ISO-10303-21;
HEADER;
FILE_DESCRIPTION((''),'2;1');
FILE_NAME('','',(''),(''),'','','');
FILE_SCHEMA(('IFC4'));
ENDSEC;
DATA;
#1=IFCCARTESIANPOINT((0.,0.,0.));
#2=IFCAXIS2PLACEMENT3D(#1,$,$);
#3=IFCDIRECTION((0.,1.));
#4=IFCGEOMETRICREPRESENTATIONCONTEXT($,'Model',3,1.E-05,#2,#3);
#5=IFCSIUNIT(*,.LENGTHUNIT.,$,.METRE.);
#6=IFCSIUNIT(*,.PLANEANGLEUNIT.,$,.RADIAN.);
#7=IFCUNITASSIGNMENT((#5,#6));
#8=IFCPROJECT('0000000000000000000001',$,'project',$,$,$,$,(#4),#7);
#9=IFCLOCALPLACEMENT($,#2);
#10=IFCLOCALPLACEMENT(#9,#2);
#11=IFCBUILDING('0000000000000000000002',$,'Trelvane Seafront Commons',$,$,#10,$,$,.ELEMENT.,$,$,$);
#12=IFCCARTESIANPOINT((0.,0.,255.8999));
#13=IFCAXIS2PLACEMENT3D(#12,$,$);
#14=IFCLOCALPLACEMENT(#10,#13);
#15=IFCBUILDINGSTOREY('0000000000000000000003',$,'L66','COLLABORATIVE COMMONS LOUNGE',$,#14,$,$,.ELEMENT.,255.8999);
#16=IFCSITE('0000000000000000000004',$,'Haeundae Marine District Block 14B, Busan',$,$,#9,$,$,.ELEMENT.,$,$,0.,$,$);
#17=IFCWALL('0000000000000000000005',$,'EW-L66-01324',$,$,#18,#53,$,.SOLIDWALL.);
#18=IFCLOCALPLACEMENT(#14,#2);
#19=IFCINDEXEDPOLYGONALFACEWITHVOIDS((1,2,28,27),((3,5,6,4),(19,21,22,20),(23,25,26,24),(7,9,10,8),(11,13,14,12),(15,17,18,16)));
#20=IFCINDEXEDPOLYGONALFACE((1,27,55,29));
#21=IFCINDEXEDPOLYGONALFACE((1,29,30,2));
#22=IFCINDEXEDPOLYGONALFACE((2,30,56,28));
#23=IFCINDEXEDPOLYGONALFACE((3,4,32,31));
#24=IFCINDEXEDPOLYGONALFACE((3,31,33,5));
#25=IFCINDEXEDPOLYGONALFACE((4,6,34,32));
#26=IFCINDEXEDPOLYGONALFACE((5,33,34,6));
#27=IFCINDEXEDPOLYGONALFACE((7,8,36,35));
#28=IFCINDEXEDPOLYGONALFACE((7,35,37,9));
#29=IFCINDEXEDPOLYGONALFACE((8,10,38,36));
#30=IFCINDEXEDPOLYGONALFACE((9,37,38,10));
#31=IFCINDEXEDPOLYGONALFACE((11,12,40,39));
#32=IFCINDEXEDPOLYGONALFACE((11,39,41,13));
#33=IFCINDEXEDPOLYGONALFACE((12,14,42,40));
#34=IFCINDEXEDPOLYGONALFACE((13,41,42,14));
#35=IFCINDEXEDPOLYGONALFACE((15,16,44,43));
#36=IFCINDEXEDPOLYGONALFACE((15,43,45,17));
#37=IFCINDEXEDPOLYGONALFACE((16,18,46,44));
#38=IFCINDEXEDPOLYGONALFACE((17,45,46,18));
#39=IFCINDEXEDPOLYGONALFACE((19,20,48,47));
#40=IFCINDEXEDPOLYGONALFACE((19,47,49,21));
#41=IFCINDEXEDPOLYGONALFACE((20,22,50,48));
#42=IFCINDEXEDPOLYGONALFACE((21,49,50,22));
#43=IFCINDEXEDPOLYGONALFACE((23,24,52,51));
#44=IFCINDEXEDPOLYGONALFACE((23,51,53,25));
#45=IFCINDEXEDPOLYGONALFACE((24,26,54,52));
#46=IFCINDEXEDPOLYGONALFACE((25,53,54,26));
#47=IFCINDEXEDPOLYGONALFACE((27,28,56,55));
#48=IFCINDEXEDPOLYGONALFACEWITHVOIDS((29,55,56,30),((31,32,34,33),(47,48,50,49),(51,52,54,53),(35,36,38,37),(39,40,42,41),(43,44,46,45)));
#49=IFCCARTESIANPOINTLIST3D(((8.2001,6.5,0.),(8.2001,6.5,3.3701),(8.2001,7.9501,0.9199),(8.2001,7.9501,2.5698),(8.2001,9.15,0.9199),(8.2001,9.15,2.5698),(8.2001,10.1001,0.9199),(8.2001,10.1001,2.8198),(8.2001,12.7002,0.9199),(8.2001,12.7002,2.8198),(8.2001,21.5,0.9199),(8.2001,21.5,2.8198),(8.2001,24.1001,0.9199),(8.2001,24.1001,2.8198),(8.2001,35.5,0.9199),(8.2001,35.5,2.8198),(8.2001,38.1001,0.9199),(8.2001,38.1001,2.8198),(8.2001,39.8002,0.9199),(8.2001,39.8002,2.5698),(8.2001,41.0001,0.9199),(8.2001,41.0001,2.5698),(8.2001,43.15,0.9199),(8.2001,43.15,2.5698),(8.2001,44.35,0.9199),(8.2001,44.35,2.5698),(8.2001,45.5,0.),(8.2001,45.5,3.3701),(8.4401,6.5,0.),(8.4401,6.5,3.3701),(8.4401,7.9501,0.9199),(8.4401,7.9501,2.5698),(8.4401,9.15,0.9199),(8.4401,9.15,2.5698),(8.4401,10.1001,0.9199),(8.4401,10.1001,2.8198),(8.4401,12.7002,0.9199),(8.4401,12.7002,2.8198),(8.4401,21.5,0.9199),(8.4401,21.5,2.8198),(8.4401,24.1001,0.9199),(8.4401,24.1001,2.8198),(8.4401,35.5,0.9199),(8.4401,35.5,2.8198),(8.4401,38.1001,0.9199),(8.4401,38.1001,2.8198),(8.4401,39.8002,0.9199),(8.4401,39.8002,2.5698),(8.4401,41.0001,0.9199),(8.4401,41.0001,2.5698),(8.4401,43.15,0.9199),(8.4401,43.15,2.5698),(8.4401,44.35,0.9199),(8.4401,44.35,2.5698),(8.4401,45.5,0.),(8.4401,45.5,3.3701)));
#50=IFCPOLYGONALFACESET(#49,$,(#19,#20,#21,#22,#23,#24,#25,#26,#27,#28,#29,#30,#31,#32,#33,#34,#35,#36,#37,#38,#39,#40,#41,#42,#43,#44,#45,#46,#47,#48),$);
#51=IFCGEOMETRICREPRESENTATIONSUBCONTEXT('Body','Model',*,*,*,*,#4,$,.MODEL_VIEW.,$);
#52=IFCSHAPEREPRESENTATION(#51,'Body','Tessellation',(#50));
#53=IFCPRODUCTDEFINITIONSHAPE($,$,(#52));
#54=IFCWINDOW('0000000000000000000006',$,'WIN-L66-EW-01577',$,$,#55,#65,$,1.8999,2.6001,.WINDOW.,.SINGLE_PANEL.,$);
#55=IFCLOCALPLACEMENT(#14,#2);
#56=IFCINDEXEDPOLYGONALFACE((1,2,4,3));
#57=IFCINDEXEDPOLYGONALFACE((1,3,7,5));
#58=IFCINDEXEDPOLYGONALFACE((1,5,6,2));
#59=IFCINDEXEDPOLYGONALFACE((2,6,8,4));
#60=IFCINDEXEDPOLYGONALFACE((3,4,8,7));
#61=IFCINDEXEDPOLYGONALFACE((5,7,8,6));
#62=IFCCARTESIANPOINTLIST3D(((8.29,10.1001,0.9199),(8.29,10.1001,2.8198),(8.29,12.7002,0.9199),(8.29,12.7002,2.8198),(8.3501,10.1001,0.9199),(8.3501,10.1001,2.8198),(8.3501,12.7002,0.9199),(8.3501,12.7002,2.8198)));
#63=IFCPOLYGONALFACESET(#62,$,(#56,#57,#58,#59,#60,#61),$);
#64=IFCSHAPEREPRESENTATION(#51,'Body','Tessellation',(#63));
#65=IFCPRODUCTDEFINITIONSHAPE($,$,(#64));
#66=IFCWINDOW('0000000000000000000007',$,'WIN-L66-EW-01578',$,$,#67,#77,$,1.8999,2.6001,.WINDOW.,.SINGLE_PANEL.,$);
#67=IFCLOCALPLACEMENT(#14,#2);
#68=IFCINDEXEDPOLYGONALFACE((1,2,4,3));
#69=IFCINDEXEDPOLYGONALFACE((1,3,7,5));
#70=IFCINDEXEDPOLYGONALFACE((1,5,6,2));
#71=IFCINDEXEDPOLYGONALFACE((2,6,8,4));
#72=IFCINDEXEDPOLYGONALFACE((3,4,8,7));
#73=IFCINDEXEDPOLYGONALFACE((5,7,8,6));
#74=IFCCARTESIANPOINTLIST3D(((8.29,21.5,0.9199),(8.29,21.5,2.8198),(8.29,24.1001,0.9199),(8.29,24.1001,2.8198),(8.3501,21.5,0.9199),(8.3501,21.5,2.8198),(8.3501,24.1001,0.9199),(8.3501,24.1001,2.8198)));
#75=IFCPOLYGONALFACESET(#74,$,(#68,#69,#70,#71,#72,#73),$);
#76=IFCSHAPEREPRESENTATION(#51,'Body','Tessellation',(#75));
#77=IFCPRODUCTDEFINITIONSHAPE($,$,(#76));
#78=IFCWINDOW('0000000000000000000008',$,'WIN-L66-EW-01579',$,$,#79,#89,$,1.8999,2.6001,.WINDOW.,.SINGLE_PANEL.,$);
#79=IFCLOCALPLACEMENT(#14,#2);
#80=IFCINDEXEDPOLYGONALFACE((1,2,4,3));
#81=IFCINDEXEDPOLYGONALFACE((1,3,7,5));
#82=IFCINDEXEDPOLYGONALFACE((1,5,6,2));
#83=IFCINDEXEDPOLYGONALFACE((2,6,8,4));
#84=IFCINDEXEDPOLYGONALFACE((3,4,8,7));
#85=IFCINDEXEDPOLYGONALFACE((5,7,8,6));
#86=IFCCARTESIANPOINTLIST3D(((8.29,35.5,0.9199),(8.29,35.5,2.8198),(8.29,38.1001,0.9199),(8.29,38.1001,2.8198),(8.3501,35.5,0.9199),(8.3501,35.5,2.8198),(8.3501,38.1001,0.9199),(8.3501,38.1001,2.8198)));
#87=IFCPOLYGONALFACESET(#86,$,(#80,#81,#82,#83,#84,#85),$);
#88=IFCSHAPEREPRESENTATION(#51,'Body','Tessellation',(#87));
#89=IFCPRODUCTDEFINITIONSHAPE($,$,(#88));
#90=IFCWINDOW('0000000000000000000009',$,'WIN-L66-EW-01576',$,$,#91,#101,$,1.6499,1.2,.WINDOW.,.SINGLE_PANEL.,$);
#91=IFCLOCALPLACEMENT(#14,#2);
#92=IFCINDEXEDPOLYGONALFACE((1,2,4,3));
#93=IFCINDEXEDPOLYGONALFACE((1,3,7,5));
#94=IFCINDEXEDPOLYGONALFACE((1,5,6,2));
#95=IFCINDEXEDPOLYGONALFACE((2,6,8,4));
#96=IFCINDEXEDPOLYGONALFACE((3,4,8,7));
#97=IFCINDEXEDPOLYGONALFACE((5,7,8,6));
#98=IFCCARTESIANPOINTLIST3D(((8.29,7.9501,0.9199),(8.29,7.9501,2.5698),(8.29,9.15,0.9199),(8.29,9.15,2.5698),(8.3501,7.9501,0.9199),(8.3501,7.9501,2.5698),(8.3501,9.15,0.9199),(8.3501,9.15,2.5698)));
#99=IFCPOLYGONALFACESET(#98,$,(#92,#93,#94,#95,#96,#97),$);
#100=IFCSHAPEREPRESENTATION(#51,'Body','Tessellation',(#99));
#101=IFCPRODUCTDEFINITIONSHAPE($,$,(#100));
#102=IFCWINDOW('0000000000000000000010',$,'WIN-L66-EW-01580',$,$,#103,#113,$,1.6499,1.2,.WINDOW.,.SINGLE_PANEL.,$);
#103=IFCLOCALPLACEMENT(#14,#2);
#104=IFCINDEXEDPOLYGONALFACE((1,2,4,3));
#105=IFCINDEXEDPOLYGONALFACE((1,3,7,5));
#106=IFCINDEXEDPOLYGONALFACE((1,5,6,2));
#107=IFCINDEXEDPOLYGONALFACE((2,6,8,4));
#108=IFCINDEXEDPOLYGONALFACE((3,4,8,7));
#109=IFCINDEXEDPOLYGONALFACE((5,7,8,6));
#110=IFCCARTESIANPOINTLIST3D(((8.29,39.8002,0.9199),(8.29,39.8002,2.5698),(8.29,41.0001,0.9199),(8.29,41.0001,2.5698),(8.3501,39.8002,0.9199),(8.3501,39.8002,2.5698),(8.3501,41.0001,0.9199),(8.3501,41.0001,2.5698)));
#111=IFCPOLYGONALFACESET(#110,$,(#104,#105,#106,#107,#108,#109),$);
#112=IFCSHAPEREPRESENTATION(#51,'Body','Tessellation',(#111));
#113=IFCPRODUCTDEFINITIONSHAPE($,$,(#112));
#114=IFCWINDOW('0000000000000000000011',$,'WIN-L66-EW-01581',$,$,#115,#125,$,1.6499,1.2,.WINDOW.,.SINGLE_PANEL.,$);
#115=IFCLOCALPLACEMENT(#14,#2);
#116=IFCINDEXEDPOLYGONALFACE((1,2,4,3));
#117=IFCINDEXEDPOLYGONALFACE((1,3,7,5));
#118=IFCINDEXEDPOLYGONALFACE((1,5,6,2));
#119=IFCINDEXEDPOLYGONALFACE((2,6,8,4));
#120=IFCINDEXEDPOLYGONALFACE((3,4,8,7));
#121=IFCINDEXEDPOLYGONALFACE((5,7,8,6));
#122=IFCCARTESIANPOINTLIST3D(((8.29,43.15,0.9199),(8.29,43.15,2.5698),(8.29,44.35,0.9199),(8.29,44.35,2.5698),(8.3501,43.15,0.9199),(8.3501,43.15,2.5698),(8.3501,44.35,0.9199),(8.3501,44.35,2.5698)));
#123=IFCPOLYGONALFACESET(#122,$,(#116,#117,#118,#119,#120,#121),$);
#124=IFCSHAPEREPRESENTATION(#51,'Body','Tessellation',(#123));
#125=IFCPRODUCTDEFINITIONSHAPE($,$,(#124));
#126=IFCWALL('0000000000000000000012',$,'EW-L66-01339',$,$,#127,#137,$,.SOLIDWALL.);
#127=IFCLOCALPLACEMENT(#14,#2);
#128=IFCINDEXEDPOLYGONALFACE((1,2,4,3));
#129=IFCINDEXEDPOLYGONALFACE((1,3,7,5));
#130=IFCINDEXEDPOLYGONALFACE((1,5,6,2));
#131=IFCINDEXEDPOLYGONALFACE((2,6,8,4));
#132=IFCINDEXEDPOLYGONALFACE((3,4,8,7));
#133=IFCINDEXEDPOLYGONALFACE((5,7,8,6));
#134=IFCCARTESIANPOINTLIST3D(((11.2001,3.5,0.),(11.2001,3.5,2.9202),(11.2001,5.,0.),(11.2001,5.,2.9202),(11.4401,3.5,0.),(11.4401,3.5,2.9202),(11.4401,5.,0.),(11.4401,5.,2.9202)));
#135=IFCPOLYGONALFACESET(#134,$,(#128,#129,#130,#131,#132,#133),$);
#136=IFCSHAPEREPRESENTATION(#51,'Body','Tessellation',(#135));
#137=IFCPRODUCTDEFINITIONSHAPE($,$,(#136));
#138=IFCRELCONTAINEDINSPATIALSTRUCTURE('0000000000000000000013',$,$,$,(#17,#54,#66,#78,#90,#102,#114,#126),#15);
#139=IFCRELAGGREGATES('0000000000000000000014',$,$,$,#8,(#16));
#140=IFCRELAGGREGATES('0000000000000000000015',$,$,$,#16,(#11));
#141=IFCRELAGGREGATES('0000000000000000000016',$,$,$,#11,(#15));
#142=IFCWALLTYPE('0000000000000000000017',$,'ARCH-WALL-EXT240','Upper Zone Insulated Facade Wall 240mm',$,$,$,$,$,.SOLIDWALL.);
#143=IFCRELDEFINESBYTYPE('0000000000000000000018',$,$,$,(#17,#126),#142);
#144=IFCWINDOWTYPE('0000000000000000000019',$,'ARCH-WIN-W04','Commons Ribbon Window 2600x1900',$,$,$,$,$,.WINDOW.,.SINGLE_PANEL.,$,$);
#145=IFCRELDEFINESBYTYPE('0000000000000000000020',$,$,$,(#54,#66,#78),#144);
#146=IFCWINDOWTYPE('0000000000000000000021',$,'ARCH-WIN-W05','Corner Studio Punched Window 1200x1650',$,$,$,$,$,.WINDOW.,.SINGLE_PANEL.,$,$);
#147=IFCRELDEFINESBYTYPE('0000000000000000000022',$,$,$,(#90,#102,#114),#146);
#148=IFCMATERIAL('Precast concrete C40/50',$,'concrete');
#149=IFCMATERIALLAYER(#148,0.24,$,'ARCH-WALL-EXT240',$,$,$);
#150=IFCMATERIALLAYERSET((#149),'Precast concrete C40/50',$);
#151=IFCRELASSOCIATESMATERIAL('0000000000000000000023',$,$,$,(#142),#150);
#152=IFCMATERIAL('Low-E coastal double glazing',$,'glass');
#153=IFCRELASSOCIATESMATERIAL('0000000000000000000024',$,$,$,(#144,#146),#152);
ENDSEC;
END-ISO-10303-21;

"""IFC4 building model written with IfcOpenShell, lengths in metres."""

from ifc_helpers import new_model, si_unit, direction, frame, frame_2d, origin, place, context, subcontext, project, spatial, rectangle, extrude, source, transform, mapped, material, layer, layer_set, type_object, element, fill, save


model = new_model("IFC4")

# Units and contexts
model_context = context("Model", 3, precision=1e-05, world=origin(), true_north=direction((0.0, 1.0)))
body_context = subcontext(model_context, "Body", "Model", "MODEL_VIEW")
ifc_project = project(units=[si_unit("LENGTHUNIT", "METRE"), si_unit("PLANEANGLEUNIT", "RADIAN")], contexts=[model_context])

# Site, building, storey
site_placement = place(None, origin())
site = spatial("IfcSite", under=ifc_project, at=site_placement, Name="Haeundae Marine District Block 14B, Busan", CompositionType="ELEMENT", RefElevation=0.0)
building_placement = place(site_placement, origin())
building = spatial("IfcBuilding", under=site, at=building_placement, Name="Trelvane Seafront Commons", CompositionType="ELEMENT")
storey_placement = place(building_placement, frame((0.0, 0.0, 255.8999)))
storey = spatial("IfcBuildingStorey", under=building, at=storey_placement, Name="L66", Description="COLLABORATIVE COMMONS LOUNGE", CompositionType="ELEMENT", Elevation=255.8999)

# Shared definitions
ifc_material_1 = material(Name="Precast concrete C40/50", Category="concrete")
ifc_layer_1 = layer(ifc_material_1, 0.24, Name="ARCH-WALL-EXT240")
ifc_layer_set_1 = layer_set([ifc_layer_1], Name="Precast concrete C40/50")
wall_type_1 = type_object("IfcWallType", Name="ARCH-WALL-EXT240", Description="Upper Zone Insulated Facade Wall 240mm", PredefinedType="SOLIDWALL", material=ifc_layer_set_1)

# Wall, openings, windows
wall_1_placement = place(storey_placement, frame((8.3201, 6.5, 0.0), z_axis=(0.0, 0.0, 1.0), x_axis=(0.0, 1.0, 0.0)))
wall_1 = element("IfcWall", 1, at=wall_1_placement, inside=storey, type_object=wall_type_1, Name="EW-L66-01324", PredefinedType="SOLIDWALL", context=body_context, shape_type="SweptSolid", body=[
    extrude(rectangle(XDim=39.0, YDim=0.24, at=frame_2d((19.5, 0.0))), origin(), (0.0, 0.0, 1.0), 3.3701),
])
opening_1_placement = place(wall_1_placement, frame((1.45, 0.0, 0.9199)))
opening_1 = element("IfcOpeningElement", 2, at=opening_1_placement, cuts=wall_1, PredefinedType="OPENING", context=body_context, shape_type="SweptSolid", body=[
    extrude(rectangle(XDim=1.2, YDim=1.6499, at=frame_2d((0.6001, 0.825))), frame((0.0, 0.1299, 0.0), z_axis=(0.0, -1.0, 0.0), x_axis=(1.0, 0.0, 0.0)), (0.0, 0.0, 1.0), 0.26),
])
opening_2_placement = place(wall_1_placement, frame((3.6001, 0.0, 0.9199)))
opening_2 = element("IfcOpeningElement", 3, at=opening_2_placement, cuts=wall_1, PredefinedType="OPENING", context=body_context, shape_type="SweptSolid", body=[
    extrude(rectangle(XDim=2.6001, YDim=1.8999, at=frame_2d((1.3, 0.95))), frame((0.0, 0.1299, 0.0), z_axis=(0.0, -1.0, 0.0), x_axis=(1.0, 0.0, 0.0)), (0.0, 0.0, 1.0), 0.26),
])
opening_3_placement = place(wall_1_placement, frame((15.0, 0.0, 0.9199)))
opening_3 = element("IfcOpeningElement", 4, at=opening_3_placement, cuts=wall_1, PredefinedType="OPENING", context=body_context, shape_type="SweptSolid", body=[
    extrude(rectangle(XDim=2.6001, YDim=1.8999, at=frame_2d((1.3, 0.95))), frame((0.0, 0.1299, 0.0), z_axis=(0.0, -1.0, 0.0), x_axis=(1.0, 0.0, 0.0)), (0.0, 0.0, 1.0), 0.26),
])
opening_4_placement = place(wall_1_placement, frame((29.0, 0.0, 0.9199)))
opening_4 = element("IfcOpeningElement", 5, at=opening_4_placement, cuts=wall_1, PredefinedType="OPENING", context=body_context, shape_type="SweptSolid", body=[
    extrude(rectangle(XDim=2.6001, YDim=1.8999, at=frame_2d((1.3, 0.95))), frame((0.0, 0.1299, 0.0), z_axis=(0.0, -1.0, 0.0), x_axis=(1.0, 0.0, 0.0)), (0.0, 0.0, 1.0), 0.26),
])
opening_5_placement = place(wall_1_placement, frame((33.3, 0.0, 0.9199)))
opening_5 = element("IfcOpeningElement", 6, at=opening_5_placement, cuts=wall_1, PredefinedType="OPENING", context=body_context, shape_type="SweptSolid", body=[
    extrude(rectangle(XDim=1.2, YDim=1.6499, at=frame_2d((0.6001, 0.825))), frame((0.0, 0.1299, 0.0), z_axis=(0.0, -1.0, 0.0), x_axis=(1.0, 0.0, 0.0)), (0.0, 0.0, 1.0), 0.26),
])
opening_6_placement = place(wall_1_placement, frame((36.6499, 0.0, 0.9199)))
opening_6 = element("IfcOpeningElement", 7, at=opening_6_placement, cuts=wall_1, PredefinedType="OPENING", context=body_context, shape_type="SweptSolid", body=[
    extrude(rectangle(XDim=1.2, YDim=1.6499, at=frame_2d((0.6001, 0.825))), frame((0.0, 0.1299, 0.0), z_axis=(0.0, -1.0, 0.0), x_axis=(1.0, 0.0, 0.0)), (0.0, 0.0, 1.0), 0.26),
])
ifc_material_2 = material(Name="Low-E coastal double glazing", Category="glass")
window_type_1 = type_object("IfcWindowType", Name="ARCH-WIN-W04", Description="Commons Ribbon Window 2600x1900", PartitioningType="SINGLE_PANEL", PredefinedType="WINDOW", material=ifc_material_2)
shared_shape_1 = source(origin(), body_context, "Body", "SweptSolid", [
    extrude(rectangle(XDim=2.6001, YDim=1.8999, at=frame_2d((1.3, 0.95))), frame((0.0, 0.03, 0.0), z_axis=(0.0, -1.0, 0.0), x_axis=(1.0, 0.0, 0.0)), (0.0, 0.0, 1.0), 0.0601),
])
window_1_placement = place(opening_2_placement, origin())
window_1 = element("IfcWindow", 8, at=window_1_placement, inside=storey, type_object=window_type_1, Name="WIN-L66-EW-01577", OverallHeight=1.8999, OverallWidth=2.6001, PartitioningType="SINGLE_PANEL", PredefinedType="WINDOW", context=body_context, shape_type="MappedRepresentation", body=[
    mapped(shared_shape_1, transform((0.0, 0.0, 0.0), x_axis=(1.0, 0.0, 0.0), y_axis=(0.0, 1.0, 0.0), z_axis=(0.0, 0.0, 1.0), scale=1.0)),
])
fill(opening_2, window_1)
window_2_placement = place(opening_3_placement, origin())
window_2 = element("IfcWindow", 9, at=window_2_placement, inside=storey, type_object=window_type_1, Name="WIN-L66-EW-01578", OverallHeight=1.8999, OverallWidth=2.6001, PartitioningType="SINGLE_PANEL", PredefinedType="WINDOW", context=body_context, shape_type="MappedRepresentation", body=[
    mapped(shared_shape_1, transform((0.0, 0.0, 0.0), x_axis=(1.0, 0.0, 0.0), y_axis=(0.0, 1.0, 0.0), z_axis=(0.0, 0.0, 1.0), scale=1.0)),
])
fill(opening_3, window_2)
window_3_placement = place(opening_4_placement, origin())
window_3 = element("IfcWindow", 10, at=window_3_placement, inside=storey, type_object=window_type_1, Name="WIN-L66-EW-01579", OverallHeight=1.8999, OverallWidth=2.6001, PartitioningType="SINGLE_PANEL", PredefinedType="WINDOW", context=body_context, shape_type="MappedRepresentation", body=[
    mapped(shared_shape_1, transform((0.0, 0.0, 0.0), x_axis=(1.0, 0.0, 0.0), y_axis=(0.0, 1.0, 0.0), z_axis=(0.0, 0.0, 1.0), scale=1.0)),
])
fill(opening_4, window_3)
window_type_2 = type_object("IfcWindowType", Name="ARCH-WIN-W05", Description="Corner Studio Punched Window 1200x1650", PartitioningType="SINGLE_PANEL", PredefinedType="WINDOW", material=ifc_material_2)
shared_shape_2 = source(origin(), body_context, "Body", "SweptSolid", [
    extrude(rectangle(XDim=1.2, YDim=1.6499, at=frame_2d((0.6001, 0.825))), frame((0.0, 0.03, 0.0), z_axis=(0.0, -1.0, 0.0), x_axis=(1.0, 0.0, 0.0)), (0.0, 0.0, 1.0), 0.0601),
])
window_4_placement = place(opening_1_placement, origin())
window_4 = element("IfcWindow", 11, at=window_4_placement, inside=storey, type_object=window_type_2, Name="WIN-L66-EW-01576", OverallHeight=1.6499, OverallWidth=1.2, PartitioningType="SINGLE_PANEL", PredefinedType="WINDOW", context=body_context, shape_type="MappedRepresentation", body=[
    mapped(shared_shape_2, transform((0.0, 0.0, 0.0), x_axis=(1.0, 0.0, 0.0), y_axis=(0.0, 1.0, 0.0), z_axis=(0.0, 0.0, 1.0), scale=1.0)),
])
fill(opening_1, window_4)
window_5_placement = place(opening_5_placement, origin())
window_5 = element("IfcWindow", 12, at=window_5_placement, inside=storey, type_object=window_type_2, Name="WIN-L66-EW-01580", OverallHeight=1.6499, OverallWidth=1.2, PartitioningType="SINGLE_PANEL", PredefinedType="WINDOW", context=body_context, shape_type="MappedRepresentation", body=[
    mapped(shared_shape_2, transform((0.0, 0.0, 0.0), x_axis=(1.0, 0.0, 0.0), y_axis=(0.0, 1.0, 0.0), z_axis=(0.0, 0.0, 1.0), scale=1.0)),
])
fill(opening_5, window_5)
window_6_placement = place(opening_6_placement, origin())
window_6 = element("IfcWindow", 13, at=window_6_placement, inside=storey, type_object=window_type_2, Name="WIN-L66-EW-01581", OverallHeight=1.6499, OverallWidth=1.2, PartitioningType="SINGLE_PANEL", PredefinedType="WINDOW", context=body_context, shape_type="MappedRepresentation", body=[
    mapped(shared_shape_2, transform((0.0, 0.0, 0.0), x_axis=(1.0, 0.0, 0.0), y_axis=(0.0, 1.0, 0.0), z_axis=(0.0, 0.0, 1.0), scale=1.0)),
])
fill(opening_6, window_6)

# Wall
wall_2_placement = place(storey_placement, frame((11.3201, 3.5, 0.0), z_axis=(0.0, 0.0, 1.0), x_axis=(0.0, 1.0, 0.0)))
element("IfcWall", 14, at=wall_2_placement, inside=storey, type_object=wall_type_1, Name="EW-L66-01339", PredefinedType="SOLIDWALL", context=body_context, shape_type="SweptSolid", body=[
    extrude(rectangle(XDim=1.5, YDim=0.24, at=frame_2d((0.75, 0.0))), origin(), (0.0, 0.0, 1.0), 2.9202),
])

save(model, "model.ifc")
